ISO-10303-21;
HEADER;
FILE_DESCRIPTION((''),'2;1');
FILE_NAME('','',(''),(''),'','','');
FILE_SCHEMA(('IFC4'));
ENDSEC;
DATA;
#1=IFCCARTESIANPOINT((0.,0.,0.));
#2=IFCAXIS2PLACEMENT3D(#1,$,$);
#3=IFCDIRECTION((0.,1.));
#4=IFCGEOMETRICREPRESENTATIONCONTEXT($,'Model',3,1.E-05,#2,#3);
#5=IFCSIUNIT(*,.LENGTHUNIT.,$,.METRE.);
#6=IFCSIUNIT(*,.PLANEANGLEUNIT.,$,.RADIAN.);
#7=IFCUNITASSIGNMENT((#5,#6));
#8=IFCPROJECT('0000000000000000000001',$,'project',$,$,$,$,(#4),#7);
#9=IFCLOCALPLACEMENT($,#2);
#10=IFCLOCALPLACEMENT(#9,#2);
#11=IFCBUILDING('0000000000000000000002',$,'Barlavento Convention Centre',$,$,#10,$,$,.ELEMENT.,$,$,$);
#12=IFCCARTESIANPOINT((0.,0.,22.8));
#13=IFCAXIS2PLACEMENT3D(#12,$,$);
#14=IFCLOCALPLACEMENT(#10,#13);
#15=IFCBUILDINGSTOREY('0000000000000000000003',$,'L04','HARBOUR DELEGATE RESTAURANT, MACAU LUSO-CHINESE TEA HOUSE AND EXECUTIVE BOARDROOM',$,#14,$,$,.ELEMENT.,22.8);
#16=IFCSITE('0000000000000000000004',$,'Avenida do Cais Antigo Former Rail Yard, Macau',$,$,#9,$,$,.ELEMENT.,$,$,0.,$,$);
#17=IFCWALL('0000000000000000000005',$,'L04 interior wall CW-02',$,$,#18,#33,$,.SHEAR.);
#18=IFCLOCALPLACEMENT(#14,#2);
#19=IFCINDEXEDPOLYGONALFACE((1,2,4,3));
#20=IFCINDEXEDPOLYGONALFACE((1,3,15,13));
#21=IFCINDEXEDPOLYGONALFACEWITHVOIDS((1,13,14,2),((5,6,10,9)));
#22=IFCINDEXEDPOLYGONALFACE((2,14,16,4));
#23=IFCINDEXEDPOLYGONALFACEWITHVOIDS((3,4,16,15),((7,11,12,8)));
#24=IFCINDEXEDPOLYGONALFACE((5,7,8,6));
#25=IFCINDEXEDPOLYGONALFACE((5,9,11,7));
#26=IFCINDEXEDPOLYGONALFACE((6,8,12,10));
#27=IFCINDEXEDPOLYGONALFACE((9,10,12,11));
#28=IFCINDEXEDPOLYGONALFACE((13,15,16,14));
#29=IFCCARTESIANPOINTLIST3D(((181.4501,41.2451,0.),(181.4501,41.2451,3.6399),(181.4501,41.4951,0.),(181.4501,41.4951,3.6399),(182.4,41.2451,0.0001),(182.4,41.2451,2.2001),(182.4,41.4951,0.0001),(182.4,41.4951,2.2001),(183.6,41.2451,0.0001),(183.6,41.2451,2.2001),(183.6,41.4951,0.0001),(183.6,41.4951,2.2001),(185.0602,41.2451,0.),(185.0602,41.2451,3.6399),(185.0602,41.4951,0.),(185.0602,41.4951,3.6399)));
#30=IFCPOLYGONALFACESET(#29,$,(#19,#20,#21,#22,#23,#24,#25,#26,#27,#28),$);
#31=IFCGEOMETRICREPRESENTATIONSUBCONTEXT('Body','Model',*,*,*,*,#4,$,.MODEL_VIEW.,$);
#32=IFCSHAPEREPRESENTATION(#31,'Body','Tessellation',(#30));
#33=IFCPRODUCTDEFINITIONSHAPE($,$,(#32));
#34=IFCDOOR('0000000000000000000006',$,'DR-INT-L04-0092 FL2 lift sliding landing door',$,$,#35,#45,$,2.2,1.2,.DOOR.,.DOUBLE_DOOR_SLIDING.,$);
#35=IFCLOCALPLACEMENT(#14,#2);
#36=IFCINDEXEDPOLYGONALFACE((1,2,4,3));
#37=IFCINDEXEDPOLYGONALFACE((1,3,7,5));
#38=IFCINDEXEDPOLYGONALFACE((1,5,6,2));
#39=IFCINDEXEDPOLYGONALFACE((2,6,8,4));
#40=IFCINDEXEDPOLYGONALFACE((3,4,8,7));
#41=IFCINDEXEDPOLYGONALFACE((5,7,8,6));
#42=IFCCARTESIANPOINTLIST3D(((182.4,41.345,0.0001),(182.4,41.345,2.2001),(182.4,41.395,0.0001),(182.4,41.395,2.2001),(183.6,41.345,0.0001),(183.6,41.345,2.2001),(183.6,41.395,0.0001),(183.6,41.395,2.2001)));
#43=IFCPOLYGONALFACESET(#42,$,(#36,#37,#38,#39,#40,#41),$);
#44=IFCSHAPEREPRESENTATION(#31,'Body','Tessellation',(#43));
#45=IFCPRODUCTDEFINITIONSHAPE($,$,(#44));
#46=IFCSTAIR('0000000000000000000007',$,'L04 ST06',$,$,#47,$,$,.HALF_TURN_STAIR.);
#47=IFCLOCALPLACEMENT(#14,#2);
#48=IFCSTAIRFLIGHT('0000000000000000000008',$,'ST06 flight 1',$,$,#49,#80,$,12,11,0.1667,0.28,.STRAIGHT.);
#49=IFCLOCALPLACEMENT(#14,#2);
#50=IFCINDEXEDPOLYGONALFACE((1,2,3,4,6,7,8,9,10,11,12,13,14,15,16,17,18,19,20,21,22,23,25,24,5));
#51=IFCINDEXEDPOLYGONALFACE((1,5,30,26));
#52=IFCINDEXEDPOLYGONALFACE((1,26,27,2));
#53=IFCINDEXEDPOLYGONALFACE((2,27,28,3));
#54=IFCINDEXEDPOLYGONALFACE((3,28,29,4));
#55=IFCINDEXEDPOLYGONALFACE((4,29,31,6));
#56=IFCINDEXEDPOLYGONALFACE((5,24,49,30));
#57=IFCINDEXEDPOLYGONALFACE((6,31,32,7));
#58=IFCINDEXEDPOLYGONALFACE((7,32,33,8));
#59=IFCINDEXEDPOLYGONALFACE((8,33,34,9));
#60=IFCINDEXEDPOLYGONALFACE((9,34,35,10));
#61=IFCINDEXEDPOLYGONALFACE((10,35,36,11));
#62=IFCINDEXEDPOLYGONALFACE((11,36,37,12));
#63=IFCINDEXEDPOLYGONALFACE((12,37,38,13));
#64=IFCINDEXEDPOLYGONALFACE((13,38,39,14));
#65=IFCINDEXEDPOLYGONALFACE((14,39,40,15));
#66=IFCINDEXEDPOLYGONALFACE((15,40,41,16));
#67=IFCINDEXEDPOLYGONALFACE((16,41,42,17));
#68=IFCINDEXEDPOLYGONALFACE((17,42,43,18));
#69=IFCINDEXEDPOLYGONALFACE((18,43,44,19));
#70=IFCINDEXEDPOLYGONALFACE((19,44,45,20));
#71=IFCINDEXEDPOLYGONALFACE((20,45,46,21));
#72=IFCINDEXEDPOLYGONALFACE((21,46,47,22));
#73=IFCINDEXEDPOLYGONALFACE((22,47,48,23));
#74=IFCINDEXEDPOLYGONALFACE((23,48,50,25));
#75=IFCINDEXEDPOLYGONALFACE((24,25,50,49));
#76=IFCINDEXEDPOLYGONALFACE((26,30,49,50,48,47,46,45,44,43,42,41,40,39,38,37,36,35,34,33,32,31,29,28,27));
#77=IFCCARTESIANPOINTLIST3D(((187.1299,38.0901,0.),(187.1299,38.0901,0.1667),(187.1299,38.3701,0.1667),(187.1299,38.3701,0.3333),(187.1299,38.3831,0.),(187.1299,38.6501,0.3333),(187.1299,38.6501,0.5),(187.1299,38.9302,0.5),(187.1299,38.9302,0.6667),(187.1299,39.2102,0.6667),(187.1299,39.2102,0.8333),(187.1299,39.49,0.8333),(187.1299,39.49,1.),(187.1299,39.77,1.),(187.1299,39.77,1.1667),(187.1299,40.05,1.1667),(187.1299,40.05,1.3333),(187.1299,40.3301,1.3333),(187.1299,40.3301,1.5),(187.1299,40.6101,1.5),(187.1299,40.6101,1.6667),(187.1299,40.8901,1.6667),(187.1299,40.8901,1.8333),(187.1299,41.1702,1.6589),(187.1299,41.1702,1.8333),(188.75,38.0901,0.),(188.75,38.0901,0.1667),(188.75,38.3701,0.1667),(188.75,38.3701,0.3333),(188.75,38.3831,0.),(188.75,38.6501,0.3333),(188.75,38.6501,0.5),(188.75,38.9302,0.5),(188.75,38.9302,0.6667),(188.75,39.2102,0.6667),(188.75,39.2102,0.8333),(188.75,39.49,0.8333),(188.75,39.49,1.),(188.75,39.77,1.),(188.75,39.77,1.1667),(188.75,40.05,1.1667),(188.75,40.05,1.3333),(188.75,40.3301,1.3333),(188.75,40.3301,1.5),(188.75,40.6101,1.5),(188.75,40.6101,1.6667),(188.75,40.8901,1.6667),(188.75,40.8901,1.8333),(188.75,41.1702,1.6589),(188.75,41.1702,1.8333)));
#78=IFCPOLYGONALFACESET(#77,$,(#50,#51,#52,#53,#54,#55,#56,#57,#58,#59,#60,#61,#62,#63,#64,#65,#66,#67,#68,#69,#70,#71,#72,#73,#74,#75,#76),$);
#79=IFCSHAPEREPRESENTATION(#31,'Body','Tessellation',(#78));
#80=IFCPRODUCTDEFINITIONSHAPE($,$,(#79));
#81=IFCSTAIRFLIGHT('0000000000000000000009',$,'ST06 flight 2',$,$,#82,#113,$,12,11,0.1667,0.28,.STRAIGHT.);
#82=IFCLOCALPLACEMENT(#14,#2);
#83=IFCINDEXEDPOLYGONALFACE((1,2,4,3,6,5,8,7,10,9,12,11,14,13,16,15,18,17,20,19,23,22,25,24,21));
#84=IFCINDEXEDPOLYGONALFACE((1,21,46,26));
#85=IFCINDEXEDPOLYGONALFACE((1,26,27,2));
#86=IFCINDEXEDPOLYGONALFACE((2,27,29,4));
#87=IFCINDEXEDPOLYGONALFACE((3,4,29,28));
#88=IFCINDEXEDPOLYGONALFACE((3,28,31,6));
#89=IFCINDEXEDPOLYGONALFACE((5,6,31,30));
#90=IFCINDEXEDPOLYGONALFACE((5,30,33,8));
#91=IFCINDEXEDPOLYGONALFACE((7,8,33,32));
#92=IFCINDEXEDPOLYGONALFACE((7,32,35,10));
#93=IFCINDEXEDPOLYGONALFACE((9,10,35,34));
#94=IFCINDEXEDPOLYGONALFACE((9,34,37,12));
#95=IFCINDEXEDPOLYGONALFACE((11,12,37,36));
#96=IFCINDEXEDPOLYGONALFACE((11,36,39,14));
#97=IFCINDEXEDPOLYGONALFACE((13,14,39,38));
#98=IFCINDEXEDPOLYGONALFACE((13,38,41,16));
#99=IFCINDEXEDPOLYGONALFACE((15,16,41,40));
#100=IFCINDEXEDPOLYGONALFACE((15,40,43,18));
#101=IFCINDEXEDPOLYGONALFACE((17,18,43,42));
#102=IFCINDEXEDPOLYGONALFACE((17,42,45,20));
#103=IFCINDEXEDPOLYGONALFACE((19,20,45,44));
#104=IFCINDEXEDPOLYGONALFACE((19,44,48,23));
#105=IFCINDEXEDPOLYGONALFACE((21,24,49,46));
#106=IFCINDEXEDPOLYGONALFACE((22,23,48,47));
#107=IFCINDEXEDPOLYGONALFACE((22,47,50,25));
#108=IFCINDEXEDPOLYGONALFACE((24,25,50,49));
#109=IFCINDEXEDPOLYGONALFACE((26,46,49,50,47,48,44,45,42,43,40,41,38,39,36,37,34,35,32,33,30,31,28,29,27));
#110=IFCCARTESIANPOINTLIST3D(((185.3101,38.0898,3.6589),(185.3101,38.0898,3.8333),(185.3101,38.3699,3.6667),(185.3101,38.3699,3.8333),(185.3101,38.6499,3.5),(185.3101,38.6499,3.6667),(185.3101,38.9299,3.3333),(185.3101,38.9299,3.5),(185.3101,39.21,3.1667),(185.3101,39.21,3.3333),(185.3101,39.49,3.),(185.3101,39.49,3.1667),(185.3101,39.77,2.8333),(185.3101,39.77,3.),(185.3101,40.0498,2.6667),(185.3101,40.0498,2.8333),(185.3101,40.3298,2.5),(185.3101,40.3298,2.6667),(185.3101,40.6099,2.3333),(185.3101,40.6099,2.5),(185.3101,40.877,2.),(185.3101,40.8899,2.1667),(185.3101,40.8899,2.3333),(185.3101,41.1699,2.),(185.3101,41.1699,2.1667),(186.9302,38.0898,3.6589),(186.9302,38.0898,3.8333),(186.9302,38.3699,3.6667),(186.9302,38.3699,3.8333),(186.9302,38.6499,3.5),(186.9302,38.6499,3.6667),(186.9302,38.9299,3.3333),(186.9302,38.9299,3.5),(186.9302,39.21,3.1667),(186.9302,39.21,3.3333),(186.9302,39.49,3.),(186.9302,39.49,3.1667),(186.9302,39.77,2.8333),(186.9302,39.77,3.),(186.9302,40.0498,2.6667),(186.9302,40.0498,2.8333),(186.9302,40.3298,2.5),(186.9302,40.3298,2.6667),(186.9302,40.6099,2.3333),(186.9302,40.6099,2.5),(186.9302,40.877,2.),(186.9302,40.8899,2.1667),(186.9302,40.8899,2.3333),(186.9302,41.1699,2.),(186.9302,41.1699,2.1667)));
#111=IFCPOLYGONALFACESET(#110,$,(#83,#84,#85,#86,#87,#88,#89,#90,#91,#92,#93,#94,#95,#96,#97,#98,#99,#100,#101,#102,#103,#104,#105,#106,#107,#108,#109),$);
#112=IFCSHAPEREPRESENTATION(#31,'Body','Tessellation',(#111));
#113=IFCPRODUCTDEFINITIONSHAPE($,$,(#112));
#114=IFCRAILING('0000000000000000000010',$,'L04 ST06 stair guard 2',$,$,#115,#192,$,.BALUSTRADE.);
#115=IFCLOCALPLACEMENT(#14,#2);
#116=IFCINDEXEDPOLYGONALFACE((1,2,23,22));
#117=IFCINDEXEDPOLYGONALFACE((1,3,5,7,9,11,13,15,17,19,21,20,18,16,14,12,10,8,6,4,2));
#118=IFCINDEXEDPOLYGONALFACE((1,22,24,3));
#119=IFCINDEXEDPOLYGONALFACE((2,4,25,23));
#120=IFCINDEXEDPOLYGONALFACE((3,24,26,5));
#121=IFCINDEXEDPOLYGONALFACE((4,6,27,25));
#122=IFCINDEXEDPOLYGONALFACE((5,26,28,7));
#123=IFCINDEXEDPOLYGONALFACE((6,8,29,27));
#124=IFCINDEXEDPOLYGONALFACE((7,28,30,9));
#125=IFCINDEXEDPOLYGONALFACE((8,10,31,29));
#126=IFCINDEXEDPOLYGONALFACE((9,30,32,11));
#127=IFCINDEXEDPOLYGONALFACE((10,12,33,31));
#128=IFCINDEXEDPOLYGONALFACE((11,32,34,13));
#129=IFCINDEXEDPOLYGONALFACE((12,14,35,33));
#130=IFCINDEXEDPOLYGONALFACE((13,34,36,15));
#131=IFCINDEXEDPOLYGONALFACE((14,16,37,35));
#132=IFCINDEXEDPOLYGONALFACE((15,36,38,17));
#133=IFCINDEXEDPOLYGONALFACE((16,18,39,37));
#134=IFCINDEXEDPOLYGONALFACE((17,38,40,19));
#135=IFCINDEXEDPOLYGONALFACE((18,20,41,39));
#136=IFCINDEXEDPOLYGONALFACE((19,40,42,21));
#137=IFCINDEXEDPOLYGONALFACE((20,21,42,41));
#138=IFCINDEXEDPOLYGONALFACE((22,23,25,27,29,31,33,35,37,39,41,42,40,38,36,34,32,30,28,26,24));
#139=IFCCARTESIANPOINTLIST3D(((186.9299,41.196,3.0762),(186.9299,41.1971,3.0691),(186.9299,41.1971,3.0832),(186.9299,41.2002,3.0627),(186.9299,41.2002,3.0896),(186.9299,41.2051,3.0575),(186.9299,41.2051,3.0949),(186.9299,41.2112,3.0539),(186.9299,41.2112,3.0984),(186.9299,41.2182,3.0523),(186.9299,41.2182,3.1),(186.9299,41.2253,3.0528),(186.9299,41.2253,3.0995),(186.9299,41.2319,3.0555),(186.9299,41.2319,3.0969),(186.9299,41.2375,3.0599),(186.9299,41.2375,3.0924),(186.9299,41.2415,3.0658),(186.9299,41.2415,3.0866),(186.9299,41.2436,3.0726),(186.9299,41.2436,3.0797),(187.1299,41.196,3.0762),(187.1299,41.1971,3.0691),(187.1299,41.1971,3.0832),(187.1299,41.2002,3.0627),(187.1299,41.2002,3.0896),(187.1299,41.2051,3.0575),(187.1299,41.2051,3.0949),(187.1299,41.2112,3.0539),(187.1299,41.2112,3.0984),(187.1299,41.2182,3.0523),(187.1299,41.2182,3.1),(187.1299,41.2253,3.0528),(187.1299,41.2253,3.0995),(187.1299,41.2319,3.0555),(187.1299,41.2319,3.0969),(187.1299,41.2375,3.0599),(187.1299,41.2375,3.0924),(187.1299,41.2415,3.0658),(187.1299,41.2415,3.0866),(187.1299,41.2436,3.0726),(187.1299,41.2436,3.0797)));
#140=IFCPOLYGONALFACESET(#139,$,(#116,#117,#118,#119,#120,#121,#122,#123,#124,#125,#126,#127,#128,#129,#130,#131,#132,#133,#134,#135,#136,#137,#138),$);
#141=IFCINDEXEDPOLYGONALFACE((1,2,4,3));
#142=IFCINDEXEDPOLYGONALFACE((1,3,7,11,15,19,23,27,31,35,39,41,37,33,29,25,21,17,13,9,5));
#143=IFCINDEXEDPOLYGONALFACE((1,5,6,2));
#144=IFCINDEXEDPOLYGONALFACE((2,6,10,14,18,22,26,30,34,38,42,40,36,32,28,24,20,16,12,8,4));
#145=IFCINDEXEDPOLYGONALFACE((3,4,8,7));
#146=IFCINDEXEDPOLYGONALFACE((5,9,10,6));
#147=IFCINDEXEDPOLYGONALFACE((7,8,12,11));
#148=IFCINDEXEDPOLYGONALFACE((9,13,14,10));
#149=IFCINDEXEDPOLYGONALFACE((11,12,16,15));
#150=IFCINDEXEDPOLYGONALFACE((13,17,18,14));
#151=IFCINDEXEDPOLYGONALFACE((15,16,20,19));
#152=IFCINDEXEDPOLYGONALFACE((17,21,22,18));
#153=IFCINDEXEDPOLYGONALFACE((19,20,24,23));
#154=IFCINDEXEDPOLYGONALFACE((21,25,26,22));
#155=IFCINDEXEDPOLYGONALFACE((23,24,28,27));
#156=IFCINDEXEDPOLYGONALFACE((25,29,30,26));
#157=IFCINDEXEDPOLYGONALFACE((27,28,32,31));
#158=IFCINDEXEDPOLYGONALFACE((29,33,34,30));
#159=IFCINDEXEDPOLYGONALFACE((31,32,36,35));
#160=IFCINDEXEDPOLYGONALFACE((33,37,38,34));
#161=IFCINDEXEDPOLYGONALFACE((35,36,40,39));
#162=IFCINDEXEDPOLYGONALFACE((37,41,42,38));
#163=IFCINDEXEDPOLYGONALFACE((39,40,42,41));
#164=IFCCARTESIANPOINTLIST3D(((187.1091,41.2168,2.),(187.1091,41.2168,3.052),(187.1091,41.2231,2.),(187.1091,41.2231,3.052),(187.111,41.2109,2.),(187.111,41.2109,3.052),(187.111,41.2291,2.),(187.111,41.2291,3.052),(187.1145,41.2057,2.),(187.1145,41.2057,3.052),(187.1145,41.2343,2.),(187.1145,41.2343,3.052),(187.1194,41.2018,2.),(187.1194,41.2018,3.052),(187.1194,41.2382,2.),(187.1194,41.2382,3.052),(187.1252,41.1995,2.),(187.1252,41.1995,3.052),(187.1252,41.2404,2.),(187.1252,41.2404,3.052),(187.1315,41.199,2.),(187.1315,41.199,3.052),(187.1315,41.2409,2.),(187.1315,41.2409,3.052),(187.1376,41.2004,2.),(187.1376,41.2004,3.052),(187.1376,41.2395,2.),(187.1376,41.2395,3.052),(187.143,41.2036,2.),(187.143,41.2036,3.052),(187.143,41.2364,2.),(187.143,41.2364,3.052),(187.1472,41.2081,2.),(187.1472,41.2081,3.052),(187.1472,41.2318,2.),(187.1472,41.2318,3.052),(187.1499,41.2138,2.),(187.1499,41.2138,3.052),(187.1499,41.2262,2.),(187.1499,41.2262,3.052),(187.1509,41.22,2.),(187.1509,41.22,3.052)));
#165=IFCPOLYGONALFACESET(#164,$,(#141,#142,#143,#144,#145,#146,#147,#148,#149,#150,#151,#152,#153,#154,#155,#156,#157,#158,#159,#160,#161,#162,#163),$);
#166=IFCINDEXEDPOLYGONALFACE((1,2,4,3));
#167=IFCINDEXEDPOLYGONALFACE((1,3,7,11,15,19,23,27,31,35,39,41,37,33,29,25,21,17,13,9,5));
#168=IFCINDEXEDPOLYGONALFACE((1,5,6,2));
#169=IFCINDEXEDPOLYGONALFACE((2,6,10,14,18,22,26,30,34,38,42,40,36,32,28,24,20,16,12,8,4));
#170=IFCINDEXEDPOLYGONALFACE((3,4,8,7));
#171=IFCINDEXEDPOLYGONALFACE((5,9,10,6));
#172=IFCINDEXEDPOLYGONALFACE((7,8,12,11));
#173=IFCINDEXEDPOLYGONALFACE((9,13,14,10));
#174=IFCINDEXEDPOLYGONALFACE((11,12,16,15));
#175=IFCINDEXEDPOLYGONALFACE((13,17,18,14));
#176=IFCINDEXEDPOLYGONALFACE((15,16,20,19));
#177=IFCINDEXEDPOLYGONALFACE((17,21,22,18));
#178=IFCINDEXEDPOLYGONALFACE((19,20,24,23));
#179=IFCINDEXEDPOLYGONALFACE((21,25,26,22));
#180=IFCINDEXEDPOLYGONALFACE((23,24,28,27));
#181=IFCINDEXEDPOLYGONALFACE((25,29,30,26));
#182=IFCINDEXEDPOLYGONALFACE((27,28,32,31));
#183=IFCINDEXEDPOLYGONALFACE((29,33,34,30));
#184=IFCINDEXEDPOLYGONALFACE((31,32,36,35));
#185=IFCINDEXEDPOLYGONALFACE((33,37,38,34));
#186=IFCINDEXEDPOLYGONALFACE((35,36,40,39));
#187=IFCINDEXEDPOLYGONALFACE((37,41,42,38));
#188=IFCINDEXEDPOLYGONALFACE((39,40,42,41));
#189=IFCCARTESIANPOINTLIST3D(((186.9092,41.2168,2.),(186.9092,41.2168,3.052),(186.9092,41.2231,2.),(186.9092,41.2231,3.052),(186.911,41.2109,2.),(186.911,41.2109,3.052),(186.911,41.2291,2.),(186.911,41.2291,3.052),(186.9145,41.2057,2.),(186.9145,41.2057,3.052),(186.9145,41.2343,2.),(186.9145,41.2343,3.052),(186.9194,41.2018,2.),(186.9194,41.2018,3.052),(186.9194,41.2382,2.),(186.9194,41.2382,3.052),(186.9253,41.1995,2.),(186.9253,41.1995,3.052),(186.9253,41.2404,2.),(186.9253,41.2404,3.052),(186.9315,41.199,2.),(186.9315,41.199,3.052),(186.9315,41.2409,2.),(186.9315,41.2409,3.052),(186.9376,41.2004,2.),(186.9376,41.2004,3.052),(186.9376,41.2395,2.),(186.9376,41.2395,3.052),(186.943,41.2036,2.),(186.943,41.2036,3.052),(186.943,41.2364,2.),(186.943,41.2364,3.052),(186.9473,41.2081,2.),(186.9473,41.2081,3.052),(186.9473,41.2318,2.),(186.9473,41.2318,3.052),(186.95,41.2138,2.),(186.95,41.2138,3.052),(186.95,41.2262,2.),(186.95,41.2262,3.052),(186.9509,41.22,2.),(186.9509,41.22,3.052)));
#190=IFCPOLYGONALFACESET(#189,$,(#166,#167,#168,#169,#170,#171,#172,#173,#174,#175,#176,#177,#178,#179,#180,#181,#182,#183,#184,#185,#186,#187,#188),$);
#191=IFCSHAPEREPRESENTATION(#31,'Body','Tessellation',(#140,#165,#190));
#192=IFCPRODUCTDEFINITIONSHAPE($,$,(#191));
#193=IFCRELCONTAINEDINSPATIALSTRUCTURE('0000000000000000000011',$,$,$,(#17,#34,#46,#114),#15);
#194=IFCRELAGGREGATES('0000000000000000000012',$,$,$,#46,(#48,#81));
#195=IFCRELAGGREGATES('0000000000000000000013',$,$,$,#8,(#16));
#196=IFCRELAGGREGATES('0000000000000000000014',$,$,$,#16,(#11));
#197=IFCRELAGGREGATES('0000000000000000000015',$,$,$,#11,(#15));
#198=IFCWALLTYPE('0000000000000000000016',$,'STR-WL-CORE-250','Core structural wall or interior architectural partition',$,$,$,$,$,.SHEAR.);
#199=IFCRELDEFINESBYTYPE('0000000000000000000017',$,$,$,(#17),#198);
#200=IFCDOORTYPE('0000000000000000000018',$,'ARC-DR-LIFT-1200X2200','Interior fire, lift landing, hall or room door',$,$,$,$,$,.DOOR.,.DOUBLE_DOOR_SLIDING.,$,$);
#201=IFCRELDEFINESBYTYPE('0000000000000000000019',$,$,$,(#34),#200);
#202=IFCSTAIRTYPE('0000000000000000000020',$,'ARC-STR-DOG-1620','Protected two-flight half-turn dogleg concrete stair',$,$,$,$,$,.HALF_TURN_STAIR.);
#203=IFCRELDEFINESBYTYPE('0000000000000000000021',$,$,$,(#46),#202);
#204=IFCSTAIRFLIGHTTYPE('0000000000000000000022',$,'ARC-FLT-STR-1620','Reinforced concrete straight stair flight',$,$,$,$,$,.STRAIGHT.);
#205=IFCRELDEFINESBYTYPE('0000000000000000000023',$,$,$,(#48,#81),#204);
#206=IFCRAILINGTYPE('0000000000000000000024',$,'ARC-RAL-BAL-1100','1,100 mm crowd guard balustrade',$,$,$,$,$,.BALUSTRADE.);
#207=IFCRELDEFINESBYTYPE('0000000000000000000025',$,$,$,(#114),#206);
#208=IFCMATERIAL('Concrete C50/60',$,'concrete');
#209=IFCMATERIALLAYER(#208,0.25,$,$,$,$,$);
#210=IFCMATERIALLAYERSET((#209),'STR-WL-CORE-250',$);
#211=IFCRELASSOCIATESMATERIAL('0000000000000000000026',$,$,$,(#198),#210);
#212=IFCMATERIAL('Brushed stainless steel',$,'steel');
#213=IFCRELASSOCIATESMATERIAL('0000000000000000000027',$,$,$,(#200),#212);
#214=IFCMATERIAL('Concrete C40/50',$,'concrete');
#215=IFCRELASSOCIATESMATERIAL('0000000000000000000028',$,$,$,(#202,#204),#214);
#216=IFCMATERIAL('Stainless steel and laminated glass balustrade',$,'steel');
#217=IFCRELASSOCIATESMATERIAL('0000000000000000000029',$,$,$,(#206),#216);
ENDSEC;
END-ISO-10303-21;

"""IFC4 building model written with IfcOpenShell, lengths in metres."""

from ifc_helpers import new_model, si_unit, direction, frame, frame_2d, origin, origin_2d, place, context, subcontext, project, spatial, polyline, rectangle, circle, outline, extrude, material, layer, layer_set, type_object, element, fill, aggregate, save


model = new_model("IFC4")

# Units and contexts
model_context = context("Model", 3, precision=1e-05, world=origin(), true_north=direction((0.0, 1.0)))
body_context = subcontext(model_context, "Body", "Model", "MODEL_VIEW")
ifc_project = project(units=[si_unit("LENGTHUNIT", "METRE"), si_unit("PLANEANGLEUNIT", "RADIAN")], contexts=[model_context])

# Site, building, storey
site_placement = place(None, origin())
site = spatial("IfcSite", under=ifc_project, at=site_placement, Name="Avenida do Cais Antigo Former Rail Yard, Macau", CompositionType="ELEMENT", RefElevation=0.0)
building_placement = place(site_placement, origin())
building = spatial("IfcBuilding", under=site, at=building_placement, Name="Barlavento Convention Centre", CompositionType="ELEMENT")
storey_placement = place(building_placement, frame((0.0, 0.0, 22.8)))
storey = spatial("IfcBuildingStorey", under=building, at=storey_placement, Name="L04", Description="HARBOUR DELEGATE RESTAURANT, MACAU LUSO-CHINESE TEA HOUSE AND EXECUTIVE BOARDROOM", CompositionType="ELEMENT", Elevation=22.8)

# Wall, opening, door
ifc_material_1 = material(Name="Concrete C50/60", Category="concrete")
ifc_layer_1 = layer(ifc_material_1, 0.25)
ifc_layer_set_1 = layer_set([ifc_layer_1], Name="STR-WL-CORE-250")
wall_type = type_object("IfcWallType", Name="STR-WL-CORE-250", Description="Core structural wall or interior architectural partition", PredefinedType="SHEAR", material=ifc_layer_set_1)
wall_placement = place(storey_placement, frame((181.45, 41.3701, 0.0), z_axis=(0.0, 0.0, 1.0), x_axis=(1.0, 0.0, 0.0)))
wall = element("IfcWall", 1, at=wall_placement, inside=storey, type_object=wall_type, Name="L04 interior wall CW-02", PredefinedType="SHEAR", context=body_context, shape_type="SweptSolid", body=[
    extrude(rectangle(XDim=3.6101, YDim=0.25, at=frame_2d((1.8052, 0.0))), origin(), (0.0, 0.0, 1.0), 3.6399),
])
opening_placement = place(wall_placement, frame((0.95, 0.0, 0.0)))
opening = element("IfcOpeningElement", 2, at=opening_placement, cuts=wall, PredefinedType="OPENING", context=body_context, shape_type="SweptSolid", body=[
    extrude(rectangle(XDim=1.2, YDim=2.2, at=frame_2d((0.6001, 1.1001))), frame((0.0, 0.135, 0.0), z_axis=(0.0, -1.0, 0.0), x_axis=(1.0, 0.0, 0.0)), (0.0, 0.0, 1.0), 0.27),
])
ifc_material_2 = material(Name="Brushed stainless steel", Category="steel")
door_type = type_object("IfcDoorType", Name="ARC-DR-LIFT-1200X2200", Description="Interior fire, lift landing, hall or room door", OperationType="DOUBLE_DOOR_SLIDING", PredefinedType="DOOR", material=ifc_material_2)
door_placement = place(opening_placement, origin())
door = element("IfcDoor", 3, at=door_placement, inside=storey, type_object=door_type, Name="DR-INT-L04-0092 FL2 lift sliding landing door", OperationType="DOUBLE_DOOR_SLIDING", OverallHeight=2.2, OverallWidth=1.2, PredefinedType="DOOR", context=body_context, shape_type="SweptSolid", body=[
    extrude(rectangle(XDim=1.2, YDim=2.2, at=frame_2d((0.6001, 1.1001))), frame((0.0, 0.0249, 0.0), z_axis=(0.0, -1.0, 0.0), x_axis=(1.0, 0.0, 0.0)), (0.0, 0.0, 1.0), 0.05),
])
fill(opening, door)

# Stair, stair flights
ifc_material_3 = material(Name="Concrete C40/50", Category="concrete")
stair_type = type_object("IfcStairType", Name="ARC-STR-DOG-1620", Description="Protected two-flight half-turn dogleg concrete stair", PredefinedType="HALF_TURN_STAIR", material=ifc_material_3)
stair_placement = place(storey_placement, origin())
stair = element("IfcStair", 4, at=stair_placement, inside=storey, type_object=stair_type, Name="L04 ST06", PredefinedType="HALF_TURN_STAIR")
stair_flight_type = type_object("IfcStairFlightType", Name="ARC-FLT-STR-1620", Description="Reinforced concrete straight stair flight", PredefinedType="STRAIGHT", material=ifc_material_3)
stair_flight_1_placement = place(storey_placement, frame((187.9399, 38.0901, 0.0), z_axis=(0.0, 0.0, 1.0), x_axis=(0.0, 1.0, 0.0)))
stair_flight_1 = element("IfcStairFlight", 5, at=stair_flight_1_placement, type_object=stair_flight_type, Name="ST06 flight 1", NumberOfRisers=12, NumberOfTreads=11, PredefinedType="STRAIGHT", RiserHeight=0.1667, TreadLength=0.28, context=body_context, shape_type="SweptSolid", body=[
    extrude(outline(polyline([(0.0, 0.0), (0.0, 0.1667), (0.28, 0.1667), (0.28, 0.3333), (0.5601, 0.3333), (0.5601, 0.5), (0.8401, 0.5), (0.8401, 0.6667), (1.1201, 0.6667), (1.1201, 0.8333), (1.3999, 0.8333), (1.3999, 1.0), (1.6799, 1.0), (1.6799, 1.1667), (1.96, 1.1667), (1.96, 1.3333), (2.24, 1.3333), (2.24, 1.5), (2.52, 1.5), (2.52, 1.6667), (2.8, 1.6667), (2.8, 1.8333), (3.0801, 1.8333), (3.0801, 2.0), (3.0801, 1.6589), (0.293, 0.0), (0.0, 0.0)])), frame((0.0, 0.8101, 0.0), z_axis=(0.0, -1.0, 0.0), x_axis=(1.0, 0.0, 0.0)), (0.0, 0.0, 1.0), 1.6201),
])
stair_flight_2_placement = place(storey_placement, frame((186.1201, 41.1699, 2.0), z_axis=(0.0, 0.0, 1.0), x_axis=(0.0, -1.0, 0.0)))
stair_flight_2 = element("IfcStairFlight", 6, at=stair_flight_2_placement, type_object=stair_flight_type, Name="ST06 flight 2", NumberOfRisers=12, NumberOfTreads=11, PredefinedType="STRAIGHT", RiserHeight=0.1667, TreadLength=0.28, context=body_context, shape_type="SweptSolid", body=[
    extrude(outline(polyline([(0.0, 0.0), (0.0, 0.1667), (0.28, 0.1667), (0.28, 0.3333), (0.5601, 0.3333), (0.5601, 0.5), (0.8401, 0.5), (0.8401, 0.6667), (1.1201, 0.6667), (1.1201, 0.8333), (1.3999, 0.8333), (1.3999, 1.0), (1.6799, 1.0), (1.6799, 1.1667), (1.96, 1.1667), (1.96, 1.3333), (2.24, 1.3333), (2.24, 1.5), (2.52, 1.5), (2.52, 1.6667), (2.8, 1.6667), (2.8, 1.8333), (3.0801, 1.8333), (3.0801, 2.0), (3.0801, 1.6589), (0.293, 0.0), (0.0, 0.0)])), frame((0.0, 0.8101, 0.0), z_axis=(0.0, -1.0, 0.0), x_axis=(1.0, 0.0, 0.0)), (0.0, 0.0, 1.0), 1.6201),
])
aggregate(stair, [stair_flight_1, stair_flight_2])

# Railing
ifc_material_4 = material(Name="Stainless steel and laminated glass balustrade", Category="steel")
railing_type_1 = type_object("IfcRailingType", Name="ARC-RAL-BAL-1100", Description="1,100 mm crowd guard balustrade", PredefinedType="BALUSTRADE", material=ifc_material_4)
railing_1_placement = place(storey_placement, frame((187.1299, 41.22, 2.0)))
element("IfcRailing", 7, at=railing_1_placement, inside=storey, type_object=railing_type_1, Name="L04 ST06 stair guard 2", PredefinedType="BALUSTRADE", context=body_context, shape_type="SweptSolid", body=[
    extrude(circle(Radius=0.0239, at=origin_2d()), frame((0.0, 0.0, 1.0762), z_axis=(-1.0, 0.0, 0.0), x_axis=(0.0, -1.0, 0.0)), (0.0, 0.0, 1.0), 0.2),
    extrude(circle(Radius=0.021, at=origin_2d()), origin(), (0.0, 0.0, 1.0), 1.052),
    extrude(circle(Radius=0.021, at=origin_2d()), frame((-0.2, 0.0, 0.0)), (0.0, 0.0, 1.0), 1.052),
])

save(model, "model.ifc")
